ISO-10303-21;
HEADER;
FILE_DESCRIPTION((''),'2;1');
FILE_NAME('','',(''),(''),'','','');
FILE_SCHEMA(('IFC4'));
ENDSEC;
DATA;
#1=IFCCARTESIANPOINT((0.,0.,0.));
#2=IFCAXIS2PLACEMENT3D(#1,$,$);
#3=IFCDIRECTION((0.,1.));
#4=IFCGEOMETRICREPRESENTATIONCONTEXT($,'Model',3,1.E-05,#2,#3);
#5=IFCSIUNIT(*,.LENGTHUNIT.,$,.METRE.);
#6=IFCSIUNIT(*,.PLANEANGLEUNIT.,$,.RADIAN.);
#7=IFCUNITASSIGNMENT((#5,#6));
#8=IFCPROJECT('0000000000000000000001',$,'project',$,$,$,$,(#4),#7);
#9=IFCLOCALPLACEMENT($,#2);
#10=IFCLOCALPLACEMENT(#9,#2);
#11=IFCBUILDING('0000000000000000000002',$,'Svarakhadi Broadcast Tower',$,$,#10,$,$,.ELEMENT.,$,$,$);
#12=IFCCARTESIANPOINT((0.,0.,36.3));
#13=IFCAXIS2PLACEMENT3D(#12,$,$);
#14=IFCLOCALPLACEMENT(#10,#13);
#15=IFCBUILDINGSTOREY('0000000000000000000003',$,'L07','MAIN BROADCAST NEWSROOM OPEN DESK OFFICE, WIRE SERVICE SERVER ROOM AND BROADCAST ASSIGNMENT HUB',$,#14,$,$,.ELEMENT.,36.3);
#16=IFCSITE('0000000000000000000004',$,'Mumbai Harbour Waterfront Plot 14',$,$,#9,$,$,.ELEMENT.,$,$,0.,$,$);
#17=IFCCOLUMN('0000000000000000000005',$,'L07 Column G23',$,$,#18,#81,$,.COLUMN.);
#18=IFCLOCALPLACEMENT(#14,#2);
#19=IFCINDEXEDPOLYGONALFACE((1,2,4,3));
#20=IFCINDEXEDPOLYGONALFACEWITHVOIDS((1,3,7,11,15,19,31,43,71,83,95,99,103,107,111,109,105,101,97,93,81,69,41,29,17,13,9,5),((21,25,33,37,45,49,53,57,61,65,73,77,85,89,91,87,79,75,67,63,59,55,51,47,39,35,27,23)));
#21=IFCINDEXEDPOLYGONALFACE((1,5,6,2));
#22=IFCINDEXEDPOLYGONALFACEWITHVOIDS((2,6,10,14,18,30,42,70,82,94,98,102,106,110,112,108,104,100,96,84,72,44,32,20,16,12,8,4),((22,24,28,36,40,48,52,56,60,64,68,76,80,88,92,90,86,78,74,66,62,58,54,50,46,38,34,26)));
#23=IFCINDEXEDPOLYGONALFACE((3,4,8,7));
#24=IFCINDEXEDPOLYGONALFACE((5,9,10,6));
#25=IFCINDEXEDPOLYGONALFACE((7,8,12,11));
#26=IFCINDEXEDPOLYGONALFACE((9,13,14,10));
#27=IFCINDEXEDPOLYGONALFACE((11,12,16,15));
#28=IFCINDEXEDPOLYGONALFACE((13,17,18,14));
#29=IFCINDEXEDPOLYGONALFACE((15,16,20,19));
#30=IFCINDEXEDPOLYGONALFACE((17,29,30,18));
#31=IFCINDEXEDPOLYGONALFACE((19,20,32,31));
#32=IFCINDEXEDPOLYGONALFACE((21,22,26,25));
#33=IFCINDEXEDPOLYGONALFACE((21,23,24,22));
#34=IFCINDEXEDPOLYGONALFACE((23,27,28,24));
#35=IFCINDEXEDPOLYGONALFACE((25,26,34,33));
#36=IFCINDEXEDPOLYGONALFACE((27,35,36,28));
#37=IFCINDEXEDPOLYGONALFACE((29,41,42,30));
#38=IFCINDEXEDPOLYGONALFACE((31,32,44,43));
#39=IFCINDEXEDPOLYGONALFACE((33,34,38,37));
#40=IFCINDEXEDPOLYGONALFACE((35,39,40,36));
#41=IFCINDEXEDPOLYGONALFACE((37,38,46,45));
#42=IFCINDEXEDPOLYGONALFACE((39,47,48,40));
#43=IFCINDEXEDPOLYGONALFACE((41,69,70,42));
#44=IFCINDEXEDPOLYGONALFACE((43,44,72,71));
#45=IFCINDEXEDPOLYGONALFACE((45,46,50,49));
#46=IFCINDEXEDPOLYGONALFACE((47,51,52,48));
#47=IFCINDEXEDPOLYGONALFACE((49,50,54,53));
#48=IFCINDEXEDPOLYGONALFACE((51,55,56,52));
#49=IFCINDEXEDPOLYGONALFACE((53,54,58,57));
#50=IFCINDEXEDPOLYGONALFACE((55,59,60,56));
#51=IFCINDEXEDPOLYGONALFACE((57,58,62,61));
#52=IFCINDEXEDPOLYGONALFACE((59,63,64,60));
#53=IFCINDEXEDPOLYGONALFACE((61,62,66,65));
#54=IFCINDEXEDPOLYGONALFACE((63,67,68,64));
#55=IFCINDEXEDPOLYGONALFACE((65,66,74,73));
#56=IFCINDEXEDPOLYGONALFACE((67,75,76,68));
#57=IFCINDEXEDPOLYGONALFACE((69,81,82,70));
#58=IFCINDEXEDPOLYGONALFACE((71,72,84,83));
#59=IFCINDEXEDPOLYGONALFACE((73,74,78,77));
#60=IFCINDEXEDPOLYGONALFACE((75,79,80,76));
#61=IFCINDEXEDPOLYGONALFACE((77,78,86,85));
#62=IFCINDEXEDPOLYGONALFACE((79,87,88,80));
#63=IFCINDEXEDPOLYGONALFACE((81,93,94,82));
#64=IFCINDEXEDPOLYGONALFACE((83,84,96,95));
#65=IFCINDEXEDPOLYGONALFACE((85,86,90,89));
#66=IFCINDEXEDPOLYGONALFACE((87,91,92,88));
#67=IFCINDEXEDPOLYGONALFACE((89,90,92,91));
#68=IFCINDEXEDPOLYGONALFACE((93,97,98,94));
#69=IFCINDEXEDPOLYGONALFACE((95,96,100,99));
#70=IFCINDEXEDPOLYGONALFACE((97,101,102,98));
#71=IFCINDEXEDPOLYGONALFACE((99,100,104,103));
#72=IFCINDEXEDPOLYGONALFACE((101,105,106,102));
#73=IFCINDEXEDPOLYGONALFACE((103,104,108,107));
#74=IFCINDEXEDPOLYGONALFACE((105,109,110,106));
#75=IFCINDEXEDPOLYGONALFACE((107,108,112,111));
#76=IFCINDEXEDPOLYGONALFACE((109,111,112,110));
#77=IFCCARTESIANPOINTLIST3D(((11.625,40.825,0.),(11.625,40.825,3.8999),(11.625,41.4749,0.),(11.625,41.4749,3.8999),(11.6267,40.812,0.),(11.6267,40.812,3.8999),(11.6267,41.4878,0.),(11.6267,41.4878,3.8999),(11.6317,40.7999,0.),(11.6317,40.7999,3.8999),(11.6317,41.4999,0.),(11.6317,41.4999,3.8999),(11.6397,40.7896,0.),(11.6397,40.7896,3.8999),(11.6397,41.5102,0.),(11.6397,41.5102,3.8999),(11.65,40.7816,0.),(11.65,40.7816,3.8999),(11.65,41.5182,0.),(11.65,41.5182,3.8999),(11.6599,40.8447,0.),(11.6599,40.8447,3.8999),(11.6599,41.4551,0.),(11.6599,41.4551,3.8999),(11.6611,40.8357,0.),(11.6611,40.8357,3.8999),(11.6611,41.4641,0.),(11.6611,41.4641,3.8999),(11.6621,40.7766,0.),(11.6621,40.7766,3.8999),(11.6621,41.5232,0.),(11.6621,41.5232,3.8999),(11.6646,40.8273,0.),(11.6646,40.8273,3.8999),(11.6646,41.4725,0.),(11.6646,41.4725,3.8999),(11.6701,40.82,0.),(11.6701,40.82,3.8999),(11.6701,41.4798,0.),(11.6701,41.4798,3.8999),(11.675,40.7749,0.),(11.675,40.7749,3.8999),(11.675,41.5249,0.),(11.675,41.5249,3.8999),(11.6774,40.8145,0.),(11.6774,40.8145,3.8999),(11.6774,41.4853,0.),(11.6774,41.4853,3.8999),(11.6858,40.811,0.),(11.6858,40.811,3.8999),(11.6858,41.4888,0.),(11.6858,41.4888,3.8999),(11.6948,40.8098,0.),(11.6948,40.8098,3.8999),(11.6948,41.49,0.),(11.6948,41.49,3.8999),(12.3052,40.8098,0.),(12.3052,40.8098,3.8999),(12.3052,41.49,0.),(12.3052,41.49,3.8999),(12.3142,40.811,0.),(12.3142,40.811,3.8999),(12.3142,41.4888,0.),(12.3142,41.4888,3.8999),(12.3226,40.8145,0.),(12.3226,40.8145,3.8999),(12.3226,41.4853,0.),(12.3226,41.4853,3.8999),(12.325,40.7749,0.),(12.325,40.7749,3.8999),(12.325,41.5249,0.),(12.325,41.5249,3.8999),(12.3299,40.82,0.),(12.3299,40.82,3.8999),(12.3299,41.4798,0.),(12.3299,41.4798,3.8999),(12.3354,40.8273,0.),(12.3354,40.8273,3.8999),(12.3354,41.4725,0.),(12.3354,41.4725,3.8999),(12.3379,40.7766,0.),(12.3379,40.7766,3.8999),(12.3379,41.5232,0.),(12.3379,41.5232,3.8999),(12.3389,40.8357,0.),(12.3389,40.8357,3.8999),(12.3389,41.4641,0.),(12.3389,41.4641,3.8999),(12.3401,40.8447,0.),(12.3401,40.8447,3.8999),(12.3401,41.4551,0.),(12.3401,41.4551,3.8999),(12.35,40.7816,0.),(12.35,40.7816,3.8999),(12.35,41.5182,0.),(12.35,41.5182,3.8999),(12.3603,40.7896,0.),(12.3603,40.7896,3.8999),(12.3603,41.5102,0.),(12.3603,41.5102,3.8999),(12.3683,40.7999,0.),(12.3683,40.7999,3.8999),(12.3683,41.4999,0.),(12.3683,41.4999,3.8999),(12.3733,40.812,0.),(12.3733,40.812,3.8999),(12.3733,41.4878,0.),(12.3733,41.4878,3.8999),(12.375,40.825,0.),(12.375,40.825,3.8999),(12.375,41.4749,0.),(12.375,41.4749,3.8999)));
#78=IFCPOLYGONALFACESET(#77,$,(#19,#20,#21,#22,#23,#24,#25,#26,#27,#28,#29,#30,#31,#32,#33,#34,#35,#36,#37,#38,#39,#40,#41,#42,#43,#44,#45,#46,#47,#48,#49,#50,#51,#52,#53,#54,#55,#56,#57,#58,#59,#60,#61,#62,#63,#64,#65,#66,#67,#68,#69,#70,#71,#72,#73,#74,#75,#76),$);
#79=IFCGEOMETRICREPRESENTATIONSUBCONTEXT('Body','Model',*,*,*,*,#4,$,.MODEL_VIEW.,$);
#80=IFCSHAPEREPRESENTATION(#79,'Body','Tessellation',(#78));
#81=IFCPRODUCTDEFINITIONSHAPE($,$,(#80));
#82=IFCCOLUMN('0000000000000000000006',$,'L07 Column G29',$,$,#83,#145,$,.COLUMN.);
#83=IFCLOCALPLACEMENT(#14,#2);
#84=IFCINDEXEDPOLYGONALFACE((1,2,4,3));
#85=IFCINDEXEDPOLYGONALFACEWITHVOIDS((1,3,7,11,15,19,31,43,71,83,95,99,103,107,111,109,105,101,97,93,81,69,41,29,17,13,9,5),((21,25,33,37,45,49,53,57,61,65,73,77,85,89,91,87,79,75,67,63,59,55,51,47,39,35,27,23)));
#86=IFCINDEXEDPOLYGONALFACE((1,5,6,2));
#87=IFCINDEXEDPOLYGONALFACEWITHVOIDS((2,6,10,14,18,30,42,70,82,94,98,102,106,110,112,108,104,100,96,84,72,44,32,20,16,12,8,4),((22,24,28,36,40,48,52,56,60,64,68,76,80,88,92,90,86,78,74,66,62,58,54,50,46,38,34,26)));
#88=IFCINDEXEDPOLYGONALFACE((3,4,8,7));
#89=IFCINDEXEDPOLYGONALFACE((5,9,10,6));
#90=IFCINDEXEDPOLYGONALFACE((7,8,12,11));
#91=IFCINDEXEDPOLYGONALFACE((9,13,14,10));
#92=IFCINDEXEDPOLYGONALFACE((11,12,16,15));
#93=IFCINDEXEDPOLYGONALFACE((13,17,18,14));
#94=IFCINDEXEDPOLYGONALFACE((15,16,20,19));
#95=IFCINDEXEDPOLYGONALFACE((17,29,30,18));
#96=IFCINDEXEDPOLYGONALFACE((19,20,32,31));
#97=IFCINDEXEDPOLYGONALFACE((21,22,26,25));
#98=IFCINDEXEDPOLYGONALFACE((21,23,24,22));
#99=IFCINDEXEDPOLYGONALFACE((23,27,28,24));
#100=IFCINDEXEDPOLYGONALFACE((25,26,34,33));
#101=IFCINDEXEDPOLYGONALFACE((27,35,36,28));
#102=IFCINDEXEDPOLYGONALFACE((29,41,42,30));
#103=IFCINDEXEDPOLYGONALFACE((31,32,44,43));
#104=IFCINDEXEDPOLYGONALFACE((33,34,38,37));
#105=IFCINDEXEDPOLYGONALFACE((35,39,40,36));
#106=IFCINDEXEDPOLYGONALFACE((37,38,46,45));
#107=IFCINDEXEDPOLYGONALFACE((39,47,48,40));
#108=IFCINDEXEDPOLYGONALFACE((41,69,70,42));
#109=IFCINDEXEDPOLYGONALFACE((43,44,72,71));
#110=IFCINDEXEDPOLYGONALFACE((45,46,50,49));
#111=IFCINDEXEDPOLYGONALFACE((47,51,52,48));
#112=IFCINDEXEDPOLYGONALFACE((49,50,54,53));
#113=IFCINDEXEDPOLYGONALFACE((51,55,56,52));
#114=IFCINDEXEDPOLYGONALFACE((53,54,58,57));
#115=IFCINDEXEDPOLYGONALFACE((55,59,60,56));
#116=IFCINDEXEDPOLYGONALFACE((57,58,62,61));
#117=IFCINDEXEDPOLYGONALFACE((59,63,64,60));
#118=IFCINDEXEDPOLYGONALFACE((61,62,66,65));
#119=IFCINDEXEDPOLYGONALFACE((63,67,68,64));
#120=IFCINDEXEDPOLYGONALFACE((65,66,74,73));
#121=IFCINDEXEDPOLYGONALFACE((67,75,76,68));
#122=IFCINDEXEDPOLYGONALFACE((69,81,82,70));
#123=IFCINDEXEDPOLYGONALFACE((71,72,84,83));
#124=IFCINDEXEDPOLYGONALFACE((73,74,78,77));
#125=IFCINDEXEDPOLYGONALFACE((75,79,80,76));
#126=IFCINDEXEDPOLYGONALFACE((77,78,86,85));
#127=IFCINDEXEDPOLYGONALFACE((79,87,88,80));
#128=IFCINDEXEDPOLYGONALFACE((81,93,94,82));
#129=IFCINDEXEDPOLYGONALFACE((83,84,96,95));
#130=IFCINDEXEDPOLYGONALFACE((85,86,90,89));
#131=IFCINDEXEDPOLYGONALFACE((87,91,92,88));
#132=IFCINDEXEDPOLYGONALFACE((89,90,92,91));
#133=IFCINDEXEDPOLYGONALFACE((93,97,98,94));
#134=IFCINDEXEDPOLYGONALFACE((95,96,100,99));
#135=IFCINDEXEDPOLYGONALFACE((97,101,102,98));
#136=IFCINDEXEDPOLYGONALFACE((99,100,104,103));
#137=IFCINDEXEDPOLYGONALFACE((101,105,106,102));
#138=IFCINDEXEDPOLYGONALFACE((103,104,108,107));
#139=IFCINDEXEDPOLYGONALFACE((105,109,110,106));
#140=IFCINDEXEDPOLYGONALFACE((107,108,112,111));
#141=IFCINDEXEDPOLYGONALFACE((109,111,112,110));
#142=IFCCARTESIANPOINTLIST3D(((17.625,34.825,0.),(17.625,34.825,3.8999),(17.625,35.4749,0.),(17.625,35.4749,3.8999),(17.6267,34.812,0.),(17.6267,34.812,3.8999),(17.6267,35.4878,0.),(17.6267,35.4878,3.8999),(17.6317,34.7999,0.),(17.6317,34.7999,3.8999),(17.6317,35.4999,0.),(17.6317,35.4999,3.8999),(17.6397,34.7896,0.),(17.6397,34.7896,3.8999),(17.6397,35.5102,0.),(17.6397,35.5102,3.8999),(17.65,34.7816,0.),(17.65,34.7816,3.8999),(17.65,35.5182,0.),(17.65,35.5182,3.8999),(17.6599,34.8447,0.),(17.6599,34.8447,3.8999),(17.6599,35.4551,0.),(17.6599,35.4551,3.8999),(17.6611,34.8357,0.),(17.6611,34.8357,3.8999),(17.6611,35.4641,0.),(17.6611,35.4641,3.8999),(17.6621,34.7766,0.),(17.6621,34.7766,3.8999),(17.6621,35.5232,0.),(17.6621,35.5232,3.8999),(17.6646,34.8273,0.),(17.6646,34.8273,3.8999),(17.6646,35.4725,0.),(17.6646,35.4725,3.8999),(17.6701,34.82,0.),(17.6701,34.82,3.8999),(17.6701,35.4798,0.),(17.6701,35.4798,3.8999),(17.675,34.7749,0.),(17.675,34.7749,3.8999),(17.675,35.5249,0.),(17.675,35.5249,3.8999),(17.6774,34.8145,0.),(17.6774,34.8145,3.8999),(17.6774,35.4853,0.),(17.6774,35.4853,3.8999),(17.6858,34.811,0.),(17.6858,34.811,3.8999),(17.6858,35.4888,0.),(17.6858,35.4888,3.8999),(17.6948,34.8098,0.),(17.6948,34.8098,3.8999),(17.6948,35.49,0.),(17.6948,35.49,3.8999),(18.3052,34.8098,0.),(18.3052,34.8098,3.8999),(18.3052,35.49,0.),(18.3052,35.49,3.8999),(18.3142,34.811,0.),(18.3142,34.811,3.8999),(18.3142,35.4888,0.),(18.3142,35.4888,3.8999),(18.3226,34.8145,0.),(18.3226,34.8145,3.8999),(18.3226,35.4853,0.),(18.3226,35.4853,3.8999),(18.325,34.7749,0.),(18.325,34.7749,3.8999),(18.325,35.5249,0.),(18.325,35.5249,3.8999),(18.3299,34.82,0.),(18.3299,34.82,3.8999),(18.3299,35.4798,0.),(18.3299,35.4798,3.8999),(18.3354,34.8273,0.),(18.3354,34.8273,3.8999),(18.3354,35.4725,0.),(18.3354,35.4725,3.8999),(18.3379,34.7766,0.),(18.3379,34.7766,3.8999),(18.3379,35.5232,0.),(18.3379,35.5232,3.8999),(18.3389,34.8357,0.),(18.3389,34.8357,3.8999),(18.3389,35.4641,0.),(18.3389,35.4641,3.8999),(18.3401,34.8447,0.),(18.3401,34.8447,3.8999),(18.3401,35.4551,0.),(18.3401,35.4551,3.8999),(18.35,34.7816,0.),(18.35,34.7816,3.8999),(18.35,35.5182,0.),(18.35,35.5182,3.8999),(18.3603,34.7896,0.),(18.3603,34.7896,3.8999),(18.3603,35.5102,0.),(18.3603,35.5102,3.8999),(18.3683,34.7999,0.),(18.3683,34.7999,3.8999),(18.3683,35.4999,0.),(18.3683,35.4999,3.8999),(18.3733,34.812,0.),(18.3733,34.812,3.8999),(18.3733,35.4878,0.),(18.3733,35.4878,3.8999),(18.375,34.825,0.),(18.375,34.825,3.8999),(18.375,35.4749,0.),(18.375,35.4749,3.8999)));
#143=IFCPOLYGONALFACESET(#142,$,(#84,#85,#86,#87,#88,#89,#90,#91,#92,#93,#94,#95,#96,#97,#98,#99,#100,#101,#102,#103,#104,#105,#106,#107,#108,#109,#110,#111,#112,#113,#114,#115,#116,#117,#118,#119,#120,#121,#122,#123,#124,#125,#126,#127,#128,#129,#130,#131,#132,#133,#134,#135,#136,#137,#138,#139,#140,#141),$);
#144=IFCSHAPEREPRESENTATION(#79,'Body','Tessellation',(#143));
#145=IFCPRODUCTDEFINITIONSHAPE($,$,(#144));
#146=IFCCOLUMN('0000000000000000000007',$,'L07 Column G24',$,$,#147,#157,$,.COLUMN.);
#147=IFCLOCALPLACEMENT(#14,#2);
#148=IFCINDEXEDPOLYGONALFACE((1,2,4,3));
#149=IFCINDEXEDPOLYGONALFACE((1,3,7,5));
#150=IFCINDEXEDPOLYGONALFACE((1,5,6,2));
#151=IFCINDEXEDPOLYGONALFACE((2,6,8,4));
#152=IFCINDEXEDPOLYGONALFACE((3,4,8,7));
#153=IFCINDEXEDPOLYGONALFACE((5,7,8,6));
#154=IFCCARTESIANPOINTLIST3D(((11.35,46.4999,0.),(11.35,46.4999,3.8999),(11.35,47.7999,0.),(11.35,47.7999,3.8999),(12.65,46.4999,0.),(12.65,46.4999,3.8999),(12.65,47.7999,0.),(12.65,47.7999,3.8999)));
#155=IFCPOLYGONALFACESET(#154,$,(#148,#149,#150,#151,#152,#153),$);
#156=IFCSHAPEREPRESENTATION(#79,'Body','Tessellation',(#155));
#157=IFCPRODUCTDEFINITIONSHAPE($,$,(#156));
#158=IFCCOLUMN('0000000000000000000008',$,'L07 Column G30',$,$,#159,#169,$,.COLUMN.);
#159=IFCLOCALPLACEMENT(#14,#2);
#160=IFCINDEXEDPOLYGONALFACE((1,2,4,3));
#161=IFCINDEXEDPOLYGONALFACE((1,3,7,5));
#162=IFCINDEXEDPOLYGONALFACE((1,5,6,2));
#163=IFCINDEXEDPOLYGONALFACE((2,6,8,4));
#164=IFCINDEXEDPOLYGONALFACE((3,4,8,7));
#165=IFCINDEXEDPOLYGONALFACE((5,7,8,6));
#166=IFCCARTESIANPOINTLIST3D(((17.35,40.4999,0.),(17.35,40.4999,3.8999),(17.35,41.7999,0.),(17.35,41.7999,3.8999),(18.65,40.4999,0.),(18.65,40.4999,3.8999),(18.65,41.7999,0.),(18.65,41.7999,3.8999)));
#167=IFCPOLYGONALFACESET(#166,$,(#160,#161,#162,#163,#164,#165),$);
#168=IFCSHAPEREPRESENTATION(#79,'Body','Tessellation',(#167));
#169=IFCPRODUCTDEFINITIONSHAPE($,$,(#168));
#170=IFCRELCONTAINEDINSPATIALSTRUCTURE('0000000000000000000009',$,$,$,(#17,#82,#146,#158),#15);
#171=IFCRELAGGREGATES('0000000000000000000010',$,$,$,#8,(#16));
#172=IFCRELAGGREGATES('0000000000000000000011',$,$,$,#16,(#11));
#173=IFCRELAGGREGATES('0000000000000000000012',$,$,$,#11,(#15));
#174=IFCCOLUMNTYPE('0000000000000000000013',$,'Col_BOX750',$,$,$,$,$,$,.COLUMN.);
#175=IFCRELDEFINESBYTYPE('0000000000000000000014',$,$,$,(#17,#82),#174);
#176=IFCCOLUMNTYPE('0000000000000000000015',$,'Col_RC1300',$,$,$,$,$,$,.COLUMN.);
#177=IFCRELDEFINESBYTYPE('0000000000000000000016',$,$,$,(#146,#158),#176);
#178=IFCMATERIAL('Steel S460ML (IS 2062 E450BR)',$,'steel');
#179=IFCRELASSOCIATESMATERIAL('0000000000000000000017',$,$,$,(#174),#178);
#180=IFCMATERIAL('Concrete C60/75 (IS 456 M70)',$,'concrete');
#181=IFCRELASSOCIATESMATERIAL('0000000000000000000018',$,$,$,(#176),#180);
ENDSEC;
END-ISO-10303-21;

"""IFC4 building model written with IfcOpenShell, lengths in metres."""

from ifc_helpers import new_model, si_unit, direction, frame, origin, origin_2d, place, context, subcontext, project, spatial, rectangle, hollow_rectangle, extrude, material, material_profile, profile_set, type_object, element, save


model = new_model("IFC4")

# Units and contexts
model_context = context("Model", 3, precision=1e-05, world=origin(), true_north=direction((0.0, 1.0)))
body_context = subcontext(model_context, "Body", "Model", "MODEL_VIEW")
ifc_project = project(units=[si_unit("LENGTHUNIT", "METRE"), si_unit("PLANEANGLEUNIT", "RADIAN")], contexts=[model_context])

# Site, building, storey
site_placement = place(None, origin())
site = spatial("IfcSite", under=ifc_project, at=site_placement, Name="Mumbai Harbour Waterfront Plot 14", CompositionType="ELEMENT", RefElevation=0.0)
building_placement = place(site_placement, origin())
building = spatial("IfcBuilding", under=site, at=building_placement, Name="Svarakhadi Broadcast Tower", CompositionType="ELEMENT")
storey_placement = place(building_placement, frame((0.0, 0.0, 36.3)))
storey = spatial("IfcBuildingStorey", under=building, at=storey_placement, Name="L07", Description="MAIN BROADCAST NEWSROOM OPEN DESK OFFICE, WIRE SERVICE SERVER ROOM AND BROADCAST ASSIGNMENT HUB", CompositionType="ELEMENT", Elevation=36.3)

# Columns
ifc_material_1 = material(Name="Steel S460ML (IS 2062 E450BR)", Category="steel")
ifc_material_profile_1 = material_profile(ifc_material_1, hollow_rectangle(XDim=0.75, YDim=0.75, WallThickness=0.0349, InnerFilletRadius=0.0349, OuterFilletRadius=0.05, at=origin_2d()), Name="BOX 750x750x35")
ifc_profile_set_1 = profile_set([ifc_material_profile_1], Name="Steel S460ML (IS 2062 E450BR)")
column_type_1 = type_object("IfcColumnType", Name="Col_BOX750", PredefinedType="COLUMN", material=ifc_profile_set_1)
for number, where, z_axis, x_axis, name in (
    (1, (12.0, 41.1499, 0.0), (0.0, 0.0, 1.0), (1.0, 0.0, 0.0), "L07 Column G23"),
    (2, (18.0, 35.1499, 0.0), (0.0, 0.0, 1.0), (1.0, 0.0, 0.0), "L07 Column G29"),
):
    element("IfcColumn", number, at=place(storey_placement, frame(where, z_axis=z_axis, x_axis=x_axis)), inside=storey, type_object=column_type_1, Name=name, PredefinedType="COLUMN", context=body_context, shape_type="SweptSolid", body=[
        extrude(hollow_rectangle(XDim=0.75, YDim=0.75, WallThickness=0.0349, InnerFilletRadius=0.0349, OuterFilletRadius=0.05, at=origin_2d()), origin(), (0.0, 0.0, 1.0), 3.8999),
    ])
ifc_material_2 = material(Name="Concrete C60/75 (IS 456 M70)", Category="concrete")
ifc_material_profile_2 = material_profile(ifc_material_2, rectangle(XDim=1.3, YDim=1.3, at=origin_2d()), Name="RC 1300x1300")
ifc_profile_set_2 = profile_set([ifc_material_profile_2], Name="Concrete C60/75 (IS 456 M70)")
column_type_2 = type_object("IfcColumnType", Name="Col_RC1300", PredefinedType="COLUMN", material=ifc_profile_set_2)
for number, where, z_axis, x_axis, name in (
    (3, (12.0, 47.1499, 0.0), (0.0, 0.0, 1.0), (1.0, 0.0, 0.0), "L07 Column G24"),
    (4, (18.0, 41.1499, 0.0), (0.0, 0.0, 1.0), (1.0, 0.0, 0.0), "L07 Column G30"),
):
    element("IfcColumn", number, at=place(storey_placement, frame(where, z_axis=z_axis, x_axis=x_axis)), inside=storey, type_object=column_type_2, Name=name, PredefinedType="COLUMN", context=body_context, shape_type="SweptSolid", body=[
        extrude(rectangle(XDim=1.3, YDim=1.3, at=origin_2d()), origin(), (0.0, 0.0, 1.0), 3.8999),
    ])

save(model, "model.ifc")
